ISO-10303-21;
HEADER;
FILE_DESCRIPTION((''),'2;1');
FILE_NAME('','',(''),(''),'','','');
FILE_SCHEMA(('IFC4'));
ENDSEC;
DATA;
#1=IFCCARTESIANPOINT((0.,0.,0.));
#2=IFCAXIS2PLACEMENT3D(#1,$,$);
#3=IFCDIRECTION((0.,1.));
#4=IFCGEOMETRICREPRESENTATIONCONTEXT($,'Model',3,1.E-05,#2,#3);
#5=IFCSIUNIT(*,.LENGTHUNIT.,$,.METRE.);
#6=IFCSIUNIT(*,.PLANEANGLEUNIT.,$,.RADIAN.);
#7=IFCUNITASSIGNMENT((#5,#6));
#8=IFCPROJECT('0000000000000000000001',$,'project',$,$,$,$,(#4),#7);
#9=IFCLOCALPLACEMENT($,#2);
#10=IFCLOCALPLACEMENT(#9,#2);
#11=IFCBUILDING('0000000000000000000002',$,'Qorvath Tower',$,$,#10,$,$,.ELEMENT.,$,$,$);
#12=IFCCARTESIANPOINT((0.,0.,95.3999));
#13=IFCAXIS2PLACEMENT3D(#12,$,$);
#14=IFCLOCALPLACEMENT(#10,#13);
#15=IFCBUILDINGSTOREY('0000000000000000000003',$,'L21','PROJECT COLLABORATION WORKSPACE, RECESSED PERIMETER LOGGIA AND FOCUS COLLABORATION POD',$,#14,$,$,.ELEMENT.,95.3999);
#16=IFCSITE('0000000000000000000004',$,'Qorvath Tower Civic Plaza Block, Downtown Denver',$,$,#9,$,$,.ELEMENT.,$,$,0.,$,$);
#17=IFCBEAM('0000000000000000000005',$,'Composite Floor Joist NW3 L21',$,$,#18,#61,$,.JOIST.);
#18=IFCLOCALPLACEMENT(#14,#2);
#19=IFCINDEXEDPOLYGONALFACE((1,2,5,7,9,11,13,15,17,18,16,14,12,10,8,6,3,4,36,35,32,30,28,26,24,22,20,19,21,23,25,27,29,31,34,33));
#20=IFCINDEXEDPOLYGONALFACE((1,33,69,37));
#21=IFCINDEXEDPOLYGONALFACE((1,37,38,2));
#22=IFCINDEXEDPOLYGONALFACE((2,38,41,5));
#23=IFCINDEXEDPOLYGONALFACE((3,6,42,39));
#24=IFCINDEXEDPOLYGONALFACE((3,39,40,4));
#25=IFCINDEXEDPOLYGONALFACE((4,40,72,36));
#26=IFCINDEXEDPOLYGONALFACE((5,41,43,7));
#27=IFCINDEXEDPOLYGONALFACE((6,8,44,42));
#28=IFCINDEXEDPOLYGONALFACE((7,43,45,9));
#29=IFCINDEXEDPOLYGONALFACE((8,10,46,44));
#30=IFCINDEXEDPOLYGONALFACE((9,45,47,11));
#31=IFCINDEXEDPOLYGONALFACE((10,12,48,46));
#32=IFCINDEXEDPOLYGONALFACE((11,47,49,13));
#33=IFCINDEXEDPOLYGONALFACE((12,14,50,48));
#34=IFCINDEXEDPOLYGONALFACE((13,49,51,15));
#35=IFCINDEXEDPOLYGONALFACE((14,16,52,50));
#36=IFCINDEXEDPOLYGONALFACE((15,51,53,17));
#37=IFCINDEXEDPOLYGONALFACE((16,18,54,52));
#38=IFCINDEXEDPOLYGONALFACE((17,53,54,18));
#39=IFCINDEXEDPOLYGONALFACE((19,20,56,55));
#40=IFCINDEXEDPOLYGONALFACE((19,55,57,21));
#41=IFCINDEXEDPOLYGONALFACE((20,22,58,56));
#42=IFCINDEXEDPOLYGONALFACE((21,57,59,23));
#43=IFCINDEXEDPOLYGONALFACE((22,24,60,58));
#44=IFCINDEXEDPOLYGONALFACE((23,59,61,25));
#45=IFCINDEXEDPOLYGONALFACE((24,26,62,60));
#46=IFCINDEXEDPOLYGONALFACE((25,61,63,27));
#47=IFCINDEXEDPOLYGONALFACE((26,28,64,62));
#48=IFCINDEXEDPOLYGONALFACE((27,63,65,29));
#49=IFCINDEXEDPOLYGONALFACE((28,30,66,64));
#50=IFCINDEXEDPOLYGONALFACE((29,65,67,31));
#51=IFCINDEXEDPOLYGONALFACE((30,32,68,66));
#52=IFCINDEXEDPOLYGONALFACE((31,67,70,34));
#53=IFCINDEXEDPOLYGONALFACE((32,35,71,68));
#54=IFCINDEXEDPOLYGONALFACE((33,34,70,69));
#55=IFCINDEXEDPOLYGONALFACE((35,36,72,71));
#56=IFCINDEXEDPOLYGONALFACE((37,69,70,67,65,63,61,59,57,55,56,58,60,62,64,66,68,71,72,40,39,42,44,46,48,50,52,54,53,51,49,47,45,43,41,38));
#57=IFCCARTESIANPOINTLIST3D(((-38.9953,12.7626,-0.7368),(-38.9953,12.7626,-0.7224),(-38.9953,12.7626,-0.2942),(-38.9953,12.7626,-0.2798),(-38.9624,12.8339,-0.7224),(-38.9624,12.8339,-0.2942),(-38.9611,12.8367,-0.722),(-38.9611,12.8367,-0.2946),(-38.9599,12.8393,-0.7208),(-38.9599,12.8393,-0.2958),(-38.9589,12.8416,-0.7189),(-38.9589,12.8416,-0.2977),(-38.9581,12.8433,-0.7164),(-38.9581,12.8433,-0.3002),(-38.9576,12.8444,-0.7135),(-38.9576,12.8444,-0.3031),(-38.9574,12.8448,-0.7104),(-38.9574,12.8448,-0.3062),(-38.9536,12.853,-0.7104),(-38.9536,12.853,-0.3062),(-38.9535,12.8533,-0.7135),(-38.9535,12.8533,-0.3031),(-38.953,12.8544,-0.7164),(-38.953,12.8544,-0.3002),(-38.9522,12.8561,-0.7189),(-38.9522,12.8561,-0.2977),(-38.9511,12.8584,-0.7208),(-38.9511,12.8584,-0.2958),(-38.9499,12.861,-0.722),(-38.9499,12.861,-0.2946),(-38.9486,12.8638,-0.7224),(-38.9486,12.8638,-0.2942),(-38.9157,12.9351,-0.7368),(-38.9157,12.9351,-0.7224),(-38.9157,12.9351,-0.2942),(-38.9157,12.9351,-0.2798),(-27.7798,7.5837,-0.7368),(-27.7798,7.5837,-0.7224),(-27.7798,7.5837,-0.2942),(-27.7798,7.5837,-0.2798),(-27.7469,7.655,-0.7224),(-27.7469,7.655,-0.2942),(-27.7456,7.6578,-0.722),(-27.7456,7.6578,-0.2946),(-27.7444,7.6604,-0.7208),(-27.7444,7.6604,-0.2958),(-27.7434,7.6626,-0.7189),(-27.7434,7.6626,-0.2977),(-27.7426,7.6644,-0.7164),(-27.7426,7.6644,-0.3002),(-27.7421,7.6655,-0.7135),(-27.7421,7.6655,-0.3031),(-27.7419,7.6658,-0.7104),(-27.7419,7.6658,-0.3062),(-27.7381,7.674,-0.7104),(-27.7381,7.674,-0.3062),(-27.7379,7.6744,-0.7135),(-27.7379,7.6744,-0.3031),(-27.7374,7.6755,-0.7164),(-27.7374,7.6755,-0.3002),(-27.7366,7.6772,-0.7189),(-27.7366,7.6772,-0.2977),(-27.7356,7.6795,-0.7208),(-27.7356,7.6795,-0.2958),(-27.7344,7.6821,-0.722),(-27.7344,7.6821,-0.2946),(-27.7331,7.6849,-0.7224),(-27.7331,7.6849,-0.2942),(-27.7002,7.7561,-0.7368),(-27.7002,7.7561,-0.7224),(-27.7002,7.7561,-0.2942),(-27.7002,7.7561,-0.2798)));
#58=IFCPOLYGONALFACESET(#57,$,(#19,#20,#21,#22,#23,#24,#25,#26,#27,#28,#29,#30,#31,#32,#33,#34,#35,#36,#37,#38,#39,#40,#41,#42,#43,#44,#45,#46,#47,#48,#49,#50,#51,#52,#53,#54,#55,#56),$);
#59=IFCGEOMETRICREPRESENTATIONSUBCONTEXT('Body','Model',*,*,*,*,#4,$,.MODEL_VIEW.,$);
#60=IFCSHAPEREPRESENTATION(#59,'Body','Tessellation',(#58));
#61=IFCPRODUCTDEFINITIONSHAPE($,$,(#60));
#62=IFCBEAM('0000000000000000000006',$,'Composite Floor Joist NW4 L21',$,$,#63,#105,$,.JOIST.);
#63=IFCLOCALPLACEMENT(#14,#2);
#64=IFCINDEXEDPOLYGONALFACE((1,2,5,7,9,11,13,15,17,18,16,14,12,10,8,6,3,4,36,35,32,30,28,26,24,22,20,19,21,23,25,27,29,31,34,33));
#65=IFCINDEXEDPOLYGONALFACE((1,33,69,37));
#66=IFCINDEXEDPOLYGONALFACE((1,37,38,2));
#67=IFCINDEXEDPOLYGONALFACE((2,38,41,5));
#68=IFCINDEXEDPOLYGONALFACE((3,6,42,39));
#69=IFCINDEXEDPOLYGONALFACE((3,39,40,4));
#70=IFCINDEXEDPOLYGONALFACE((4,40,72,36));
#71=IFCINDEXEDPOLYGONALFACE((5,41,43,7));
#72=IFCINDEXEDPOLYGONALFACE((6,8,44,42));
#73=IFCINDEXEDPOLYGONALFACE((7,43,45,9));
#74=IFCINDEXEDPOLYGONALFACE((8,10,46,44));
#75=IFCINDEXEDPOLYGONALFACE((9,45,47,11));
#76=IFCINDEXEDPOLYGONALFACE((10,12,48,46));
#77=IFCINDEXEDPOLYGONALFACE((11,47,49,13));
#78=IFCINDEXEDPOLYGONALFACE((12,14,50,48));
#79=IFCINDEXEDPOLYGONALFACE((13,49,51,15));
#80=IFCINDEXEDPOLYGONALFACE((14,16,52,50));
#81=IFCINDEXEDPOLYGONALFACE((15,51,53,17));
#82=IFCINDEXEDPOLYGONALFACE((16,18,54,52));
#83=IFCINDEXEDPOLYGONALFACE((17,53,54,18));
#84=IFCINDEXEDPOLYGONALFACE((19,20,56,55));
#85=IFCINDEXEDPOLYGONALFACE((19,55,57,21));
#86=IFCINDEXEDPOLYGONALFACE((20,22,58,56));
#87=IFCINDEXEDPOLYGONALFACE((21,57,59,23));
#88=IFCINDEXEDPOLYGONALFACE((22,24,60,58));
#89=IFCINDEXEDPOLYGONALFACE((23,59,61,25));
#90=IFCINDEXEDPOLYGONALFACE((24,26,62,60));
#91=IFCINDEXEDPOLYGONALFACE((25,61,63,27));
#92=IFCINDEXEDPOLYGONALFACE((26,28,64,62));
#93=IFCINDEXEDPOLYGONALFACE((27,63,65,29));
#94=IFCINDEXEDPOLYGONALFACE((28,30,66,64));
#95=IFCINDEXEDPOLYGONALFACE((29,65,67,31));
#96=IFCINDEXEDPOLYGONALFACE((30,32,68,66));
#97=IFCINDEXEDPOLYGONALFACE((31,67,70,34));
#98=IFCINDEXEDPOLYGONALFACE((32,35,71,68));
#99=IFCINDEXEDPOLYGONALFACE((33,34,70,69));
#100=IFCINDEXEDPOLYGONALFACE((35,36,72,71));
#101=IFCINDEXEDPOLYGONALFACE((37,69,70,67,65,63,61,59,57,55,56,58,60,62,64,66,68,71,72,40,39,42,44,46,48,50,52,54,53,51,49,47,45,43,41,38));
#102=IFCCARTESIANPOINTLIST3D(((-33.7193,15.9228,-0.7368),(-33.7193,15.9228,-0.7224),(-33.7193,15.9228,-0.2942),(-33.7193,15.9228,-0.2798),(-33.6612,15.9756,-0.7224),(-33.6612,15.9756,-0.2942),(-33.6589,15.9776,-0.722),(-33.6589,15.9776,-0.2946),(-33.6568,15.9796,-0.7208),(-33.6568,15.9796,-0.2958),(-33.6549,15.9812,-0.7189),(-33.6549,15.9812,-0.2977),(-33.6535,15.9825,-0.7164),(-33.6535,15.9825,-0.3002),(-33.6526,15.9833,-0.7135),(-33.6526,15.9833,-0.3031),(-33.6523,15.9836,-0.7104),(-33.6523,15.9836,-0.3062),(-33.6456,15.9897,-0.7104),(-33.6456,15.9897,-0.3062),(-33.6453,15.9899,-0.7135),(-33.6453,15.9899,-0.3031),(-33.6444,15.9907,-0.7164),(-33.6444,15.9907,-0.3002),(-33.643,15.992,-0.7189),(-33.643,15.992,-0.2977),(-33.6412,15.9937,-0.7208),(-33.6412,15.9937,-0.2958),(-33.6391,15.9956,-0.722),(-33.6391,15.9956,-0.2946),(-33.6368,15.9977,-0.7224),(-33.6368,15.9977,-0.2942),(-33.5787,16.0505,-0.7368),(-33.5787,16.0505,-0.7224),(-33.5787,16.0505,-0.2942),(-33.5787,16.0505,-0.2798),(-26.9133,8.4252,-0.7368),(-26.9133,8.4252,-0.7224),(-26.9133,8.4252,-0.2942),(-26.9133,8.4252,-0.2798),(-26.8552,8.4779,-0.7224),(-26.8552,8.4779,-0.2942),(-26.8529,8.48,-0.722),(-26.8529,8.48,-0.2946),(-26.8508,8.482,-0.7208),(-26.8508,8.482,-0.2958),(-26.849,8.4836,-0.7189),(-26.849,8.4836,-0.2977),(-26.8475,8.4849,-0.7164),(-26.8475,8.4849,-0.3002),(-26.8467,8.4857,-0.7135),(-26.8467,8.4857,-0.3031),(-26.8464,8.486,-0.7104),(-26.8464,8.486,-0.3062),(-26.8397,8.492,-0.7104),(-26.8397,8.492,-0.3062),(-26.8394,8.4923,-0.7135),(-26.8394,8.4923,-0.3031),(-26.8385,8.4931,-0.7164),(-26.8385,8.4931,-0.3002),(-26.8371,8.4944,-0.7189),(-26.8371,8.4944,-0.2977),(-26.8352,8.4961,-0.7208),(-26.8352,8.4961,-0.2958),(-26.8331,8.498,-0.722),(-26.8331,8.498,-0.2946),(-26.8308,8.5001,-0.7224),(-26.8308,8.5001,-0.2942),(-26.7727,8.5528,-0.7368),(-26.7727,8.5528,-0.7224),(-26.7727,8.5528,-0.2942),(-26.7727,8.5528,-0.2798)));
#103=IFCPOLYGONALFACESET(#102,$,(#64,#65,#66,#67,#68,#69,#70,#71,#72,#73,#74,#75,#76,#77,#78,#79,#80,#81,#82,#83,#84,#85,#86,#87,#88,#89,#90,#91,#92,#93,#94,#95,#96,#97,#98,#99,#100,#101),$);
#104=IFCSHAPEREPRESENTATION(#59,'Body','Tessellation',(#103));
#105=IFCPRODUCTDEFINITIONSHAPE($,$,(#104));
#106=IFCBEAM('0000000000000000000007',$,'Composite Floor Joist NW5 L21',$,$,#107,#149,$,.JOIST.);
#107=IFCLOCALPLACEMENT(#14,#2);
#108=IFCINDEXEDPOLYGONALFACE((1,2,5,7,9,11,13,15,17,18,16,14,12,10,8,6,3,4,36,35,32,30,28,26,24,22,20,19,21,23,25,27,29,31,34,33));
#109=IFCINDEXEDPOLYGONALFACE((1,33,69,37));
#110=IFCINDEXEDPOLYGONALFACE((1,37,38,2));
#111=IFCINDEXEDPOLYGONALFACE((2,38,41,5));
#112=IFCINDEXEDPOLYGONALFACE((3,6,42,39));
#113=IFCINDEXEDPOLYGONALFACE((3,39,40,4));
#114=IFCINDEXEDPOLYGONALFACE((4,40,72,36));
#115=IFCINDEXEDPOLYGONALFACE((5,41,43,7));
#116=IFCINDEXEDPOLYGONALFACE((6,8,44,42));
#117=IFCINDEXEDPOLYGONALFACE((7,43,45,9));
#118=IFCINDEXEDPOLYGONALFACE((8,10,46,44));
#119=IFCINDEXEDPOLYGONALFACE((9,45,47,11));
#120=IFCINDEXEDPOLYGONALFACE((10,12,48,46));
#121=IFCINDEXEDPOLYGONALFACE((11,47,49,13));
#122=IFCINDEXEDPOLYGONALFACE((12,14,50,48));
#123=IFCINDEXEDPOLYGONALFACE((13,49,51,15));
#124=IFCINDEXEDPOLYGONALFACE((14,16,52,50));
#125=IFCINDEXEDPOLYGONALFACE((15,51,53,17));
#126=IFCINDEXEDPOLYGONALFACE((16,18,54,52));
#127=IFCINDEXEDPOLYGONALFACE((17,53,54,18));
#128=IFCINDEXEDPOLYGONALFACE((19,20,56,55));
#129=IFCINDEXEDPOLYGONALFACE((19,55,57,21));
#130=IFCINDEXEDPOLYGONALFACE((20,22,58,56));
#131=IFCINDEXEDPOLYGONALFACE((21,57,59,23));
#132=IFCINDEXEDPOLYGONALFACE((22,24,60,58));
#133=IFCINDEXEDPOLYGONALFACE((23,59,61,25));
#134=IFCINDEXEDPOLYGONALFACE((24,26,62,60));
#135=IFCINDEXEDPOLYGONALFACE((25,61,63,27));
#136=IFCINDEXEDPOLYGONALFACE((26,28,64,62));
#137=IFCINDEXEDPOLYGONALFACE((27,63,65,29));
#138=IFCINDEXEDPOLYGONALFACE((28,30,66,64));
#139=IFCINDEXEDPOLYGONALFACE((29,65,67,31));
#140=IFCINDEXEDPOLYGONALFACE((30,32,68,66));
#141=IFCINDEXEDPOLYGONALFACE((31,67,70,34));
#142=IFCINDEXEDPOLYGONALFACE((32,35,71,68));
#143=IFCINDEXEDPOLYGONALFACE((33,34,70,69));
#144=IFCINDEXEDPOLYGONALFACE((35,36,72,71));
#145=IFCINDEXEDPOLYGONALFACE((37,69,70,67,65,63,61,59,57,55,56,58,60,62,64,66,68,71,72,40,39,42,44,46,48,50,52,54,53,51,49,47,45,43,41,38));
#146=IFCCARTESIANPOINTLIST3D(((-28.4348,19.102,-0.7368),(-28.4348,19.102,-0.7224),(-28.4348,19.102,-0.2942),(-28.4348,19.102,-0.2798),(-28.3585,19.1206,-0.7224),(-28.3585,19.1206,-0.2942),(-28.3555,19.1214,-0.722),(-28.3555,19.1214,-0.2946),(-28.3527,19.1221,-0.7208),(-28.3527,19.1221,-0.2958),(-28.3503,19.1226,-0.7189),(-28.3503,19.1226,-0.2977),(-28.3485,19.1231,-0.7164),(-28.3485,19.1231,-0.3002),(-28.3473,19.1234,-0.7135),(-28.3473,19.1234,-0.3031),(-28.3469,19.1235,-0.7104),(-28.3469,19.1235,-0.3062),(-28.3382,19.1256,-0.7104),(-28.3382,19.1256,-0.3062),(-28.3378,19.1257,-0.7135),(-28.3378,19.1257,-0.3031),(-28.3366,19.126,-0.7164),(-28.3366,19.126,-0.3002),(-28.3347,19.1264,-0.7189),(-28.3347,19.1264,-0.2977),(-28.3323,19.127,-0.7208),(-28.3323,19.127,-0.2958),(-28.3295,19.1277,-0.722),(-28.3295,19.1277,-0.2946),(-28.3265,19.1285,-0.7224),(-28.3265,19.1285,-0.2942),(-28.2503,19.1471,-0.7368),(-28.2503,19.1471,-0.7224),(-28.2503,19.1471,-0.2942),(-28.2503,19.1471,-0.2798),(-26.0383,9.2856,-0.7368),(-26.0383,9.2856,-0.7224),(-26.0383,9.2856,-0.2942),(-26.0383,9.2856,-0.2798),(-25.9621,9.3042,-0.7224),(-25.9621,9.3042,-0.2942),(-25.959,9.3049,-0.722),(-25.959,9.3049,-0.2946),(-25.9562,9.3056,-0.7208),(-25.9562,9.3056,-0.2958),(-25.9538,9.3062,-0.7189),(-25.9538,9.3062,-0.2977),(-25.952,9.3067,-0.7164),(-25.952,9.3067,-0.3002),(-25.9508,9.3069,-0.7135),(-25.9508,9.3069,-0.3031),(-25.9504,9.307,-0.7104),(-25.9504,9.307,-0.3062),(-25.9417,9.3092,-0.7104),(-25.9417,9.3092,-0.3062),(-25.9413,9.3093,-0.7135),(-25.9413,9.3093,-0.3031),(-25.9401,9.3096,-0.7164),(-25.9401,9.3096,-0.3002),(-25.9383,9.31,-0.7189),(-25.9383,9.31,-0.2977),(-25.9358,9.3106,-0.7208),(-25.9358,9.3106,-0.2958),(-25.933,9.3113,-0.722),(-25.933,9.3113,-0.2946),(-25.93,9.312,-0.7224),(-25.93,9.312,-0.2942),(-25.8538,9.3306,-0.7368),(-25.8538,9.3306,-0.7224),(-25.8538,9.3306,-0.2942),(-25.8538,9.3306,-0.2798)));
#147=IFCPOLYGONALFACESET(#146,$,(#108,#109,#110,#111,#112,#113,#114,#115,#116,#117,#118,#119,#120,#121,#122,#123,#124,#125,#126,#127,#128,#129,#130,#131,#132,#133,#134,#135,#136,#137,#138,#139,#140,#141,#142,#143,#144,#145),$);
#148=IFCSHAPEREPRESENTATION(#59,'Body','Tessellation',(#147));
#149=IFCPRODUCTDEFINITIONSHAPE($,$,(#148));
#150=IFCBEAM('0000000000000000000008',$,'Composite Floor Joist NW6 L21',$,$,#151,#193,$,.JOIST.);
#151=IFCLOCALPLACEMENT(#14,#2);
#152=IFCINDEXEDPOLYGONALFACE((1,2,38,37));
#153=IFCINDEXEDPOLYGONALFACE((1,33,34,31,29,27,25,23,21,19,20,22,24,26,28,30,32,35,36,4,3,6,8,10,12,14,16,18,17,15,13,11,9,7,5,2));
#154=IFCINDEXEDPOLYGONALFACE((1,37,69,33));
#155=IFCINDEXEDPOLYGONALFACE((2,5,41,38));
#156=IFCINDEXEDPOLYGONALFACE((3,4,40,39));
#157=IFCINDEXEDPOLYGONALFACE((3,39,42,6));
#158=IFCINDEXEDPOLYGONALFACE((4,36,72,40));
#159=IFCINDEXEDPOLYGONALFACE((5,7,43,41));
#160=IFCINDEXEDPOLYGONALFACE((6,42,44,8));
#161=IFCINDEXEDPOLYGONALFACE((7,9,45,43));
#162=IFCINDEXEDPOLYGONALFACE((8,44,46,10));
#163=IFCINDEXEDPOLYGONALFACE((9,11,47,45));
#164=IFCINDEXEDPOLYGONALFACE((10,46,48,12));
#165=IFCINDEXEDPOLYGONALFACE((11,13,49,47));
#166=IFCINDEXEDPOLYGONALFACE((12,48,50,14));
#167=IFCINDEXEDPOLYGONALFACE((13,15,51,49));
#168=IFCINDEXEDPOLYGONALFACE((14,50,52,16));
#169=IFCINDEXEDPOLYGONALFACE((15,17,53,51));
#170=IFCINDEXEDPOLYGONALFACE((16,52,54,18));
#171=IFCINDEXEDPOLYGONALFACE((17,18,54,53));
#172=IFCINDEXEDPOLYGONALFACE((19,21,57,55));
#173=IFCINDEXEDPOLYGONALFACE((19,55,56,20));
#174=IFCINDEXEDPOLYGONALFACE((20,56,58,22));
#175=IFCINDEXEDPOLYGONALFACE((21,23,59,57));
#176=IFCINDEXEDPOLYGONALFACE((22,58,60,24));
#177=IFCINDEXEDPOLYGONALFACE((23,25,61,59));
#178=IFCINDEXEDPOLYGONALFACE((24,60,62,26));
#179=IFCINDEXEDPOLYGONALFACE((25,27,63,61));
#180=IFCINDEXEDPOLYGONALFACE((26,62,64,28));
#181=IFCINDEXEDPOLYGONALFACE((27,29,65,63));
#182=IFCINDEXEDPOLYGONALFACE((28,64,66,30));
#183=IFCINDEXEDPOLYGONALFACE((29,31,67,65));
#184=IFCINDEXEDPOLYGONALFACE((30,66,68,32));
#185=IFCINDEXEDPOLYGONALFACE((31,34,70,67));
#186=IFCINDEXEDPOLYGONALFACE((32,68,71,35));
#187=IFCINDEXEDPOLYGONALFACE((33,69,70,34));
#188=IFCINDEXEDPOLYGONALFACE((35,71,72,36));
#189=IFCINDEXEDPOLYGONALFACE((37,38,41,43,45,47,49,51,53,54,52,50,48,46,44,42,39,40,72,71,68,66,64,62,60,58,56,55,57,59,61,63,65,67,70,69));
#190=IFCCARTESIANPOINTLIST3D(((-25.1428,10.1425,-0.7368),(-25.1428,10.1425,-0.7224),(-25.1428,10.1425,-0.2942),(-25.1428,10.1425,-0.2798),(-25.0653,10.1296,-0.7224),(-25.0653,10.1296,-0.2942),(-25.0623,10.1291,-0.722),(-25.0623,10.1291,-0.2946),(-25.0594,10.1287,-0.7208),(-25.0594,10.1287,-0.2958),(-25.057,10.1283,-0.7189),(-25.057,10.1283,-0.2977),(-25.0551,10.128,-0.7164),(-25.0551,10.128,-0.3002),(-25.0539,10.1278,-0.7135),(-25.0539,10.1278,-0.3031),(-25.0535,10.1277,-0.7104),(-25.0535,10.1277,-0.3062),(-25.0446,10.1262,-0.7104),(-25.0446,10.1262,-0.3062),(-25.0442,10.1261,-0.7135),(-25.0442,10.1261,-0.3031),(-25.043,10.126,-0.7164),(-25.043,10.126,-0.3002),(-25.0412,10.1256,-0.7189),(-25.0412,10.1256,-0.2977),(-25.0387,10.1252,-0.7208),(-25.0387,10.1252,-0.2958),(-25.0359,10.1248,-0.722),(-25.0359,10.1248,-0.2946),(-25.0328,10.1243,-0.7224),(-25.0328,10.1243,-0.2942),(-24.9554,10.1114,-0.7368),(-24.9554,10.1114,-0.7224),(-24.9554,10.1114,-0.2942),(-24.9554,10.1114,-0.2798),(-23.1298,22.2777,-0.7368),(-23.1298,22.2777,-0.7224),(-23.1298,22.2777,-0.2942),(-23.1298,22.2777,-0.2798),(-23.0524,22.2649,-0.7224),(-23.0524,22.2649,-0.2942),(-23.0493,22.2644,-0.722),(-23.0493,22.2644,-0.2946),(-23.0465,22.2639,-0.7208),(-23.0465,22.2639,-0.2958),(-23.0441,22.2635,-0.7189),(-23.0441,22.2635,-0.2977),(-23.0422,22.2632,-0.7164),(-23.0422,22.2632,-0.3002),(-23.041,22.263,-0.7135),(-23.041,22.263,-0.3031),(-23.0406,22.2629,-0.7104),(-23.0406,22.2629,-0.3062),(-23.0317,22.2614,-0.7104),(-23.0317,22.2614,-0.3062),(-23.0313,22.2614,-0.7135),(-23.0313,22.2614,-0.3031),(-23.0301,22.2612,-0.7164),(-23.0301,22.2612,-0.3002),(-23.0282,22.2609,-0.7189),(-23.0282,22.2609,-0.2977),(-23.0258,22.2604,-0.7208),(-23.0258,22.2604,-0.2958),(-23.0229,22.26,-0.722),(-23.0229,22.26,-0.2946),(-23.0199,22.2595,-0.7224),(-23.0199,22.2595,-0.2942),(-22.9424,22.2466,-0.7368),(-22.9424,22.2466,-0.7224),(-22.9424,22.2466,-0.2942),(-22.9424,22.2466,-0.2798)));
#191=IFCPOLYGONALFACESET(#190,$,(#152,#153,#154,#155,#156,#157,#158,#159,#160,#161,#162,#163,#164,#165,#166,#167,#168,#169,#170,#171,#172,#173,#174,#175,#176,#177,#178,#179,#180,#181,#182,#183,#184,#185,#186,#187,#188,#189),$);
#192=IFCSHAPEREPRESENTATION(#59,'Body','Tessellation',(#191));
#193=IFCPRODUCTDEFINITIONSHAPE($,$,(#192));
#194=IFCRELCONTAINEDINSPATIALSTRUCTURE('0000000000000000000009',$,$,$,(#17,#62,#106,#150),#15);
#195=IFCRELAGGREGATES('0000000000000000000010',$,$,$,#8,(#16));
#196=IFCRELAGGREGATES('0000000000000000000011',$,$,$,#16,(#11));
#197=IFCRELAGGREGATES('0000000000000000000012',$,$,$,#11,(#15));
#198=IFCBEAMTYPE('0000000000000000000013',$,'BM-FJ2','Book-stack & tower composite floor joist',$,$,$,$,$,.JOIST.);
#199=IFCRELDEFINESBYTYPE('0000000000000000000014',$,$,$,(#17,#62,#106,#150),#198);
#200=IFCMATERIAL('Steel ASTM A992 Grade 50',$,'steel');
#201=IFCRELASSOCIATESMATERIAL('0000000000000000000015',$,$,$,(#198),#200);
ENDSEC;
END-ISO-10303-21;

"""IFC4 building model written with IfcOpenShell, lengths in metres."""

from ifc_helpers import new_model, si_unit, direction, frame, origin, origin_2d, place, context, subcontext, project, spatial, i_section, extrude, material, material_profile, profile_set, type_object, element, save


model = new_model("IFC4")

# Units and contexts
model_context = context("Model", 3, precision=1e-05, world=origin(), true_north=direction((0.0, 1.0)))
body_context = subcontext(model_context, "Body", "Model", "MODEL_VIEW")
ifc_project = project(units=[si_unit("LENGTHUNIT", "METRE"), si_unit("PLANEANGLEUNIT", "RADIAN")], contexts=[model_context])

# Site, building, storey
site_placement = place(None, origin())
site = spatial("IfcSite", under=ifc_project, at=site_placement, Name="Qorvath Tower Civic Plaza Block, Downtown Denver", CompositionType="ELEMENT", RefElevation=0.0)
building_placement = place(site_placement, origin())
building = spatial("IfcBuilding", under=site, at=building_placement, Name="Qorvath Tower", CompositionType="ELEMENT")
storey_placement = place(building_placement, frame((0.0, 0.0, 95.3999)))
storey = spatial("IfcBuildingStorey", under=building, at=storey_placement, Name="L21", Description="PROJECT COLLABORATION WORKSPACE, RECESSED PERIMETER LOGGIA AND FOCUS COLLABORATION POD", CompositionType="ELEMENT", Elevation=95.3999)

# Beams
ifc_material_1 = material(Name="Steel ASTM A992 Grade 50", Category="steel")
ifc_material_profile_1 = material_profile(ifc_material_1, i_section(OverallWidth=0.1899, OverallDepth=0.457, WebThickness=0.009, FlangeThickness=0.0144, FilletRadius=0.012, at=origin_2d()), Name="W18x50")
ifc_profile_set_1 = profile_set([ifc_material_profile_1], Name="Steel ASTM A992 Grade 50")
beam_type_1 = type_object("IfcBeamType", Name="BM-FJ2", Description="Book-stack & tower composite floor joist", PredefinedType="JOIST", material=ifc_profile_set_1)
beam_1_placement = place(storey_placement, frame((-27.74, 7.6699, -0.5083), z_axis=(-0.907881, 0.419227, 0.0), x_axis=(-0.419227, -0.907881, 0.0)))
element("IfcBeam", 1, at=beam_1_placement, inside=storey, type_object=beam_type_1, Name="Composite Floor Joist NW3 L21", PredefinedType="JOIST", context=body_context, shape_type="SweptSolid", body=[
    extrude(i_section(OverallWidth=0.1899, OverallDepth=0.457, WebThickness=0.009, FlangeThickness=0.0144, FilletRadius=0.012, at=origin_2d()), origin(), (0.0, 0.0, 1.0), 12.3535),
])
beam_2_placement = place(storey_placement, frame((-26.843, 8.489, -0.5083), z_axis=(-0.672129, 0.740434, 0.0), x_axis=(-0.740434, -0.672129, 0.0)))
element("IfcBeam", 2, at=beam_2_placement, inside=storey, type_object=beam_type_1, Name="Composite Floor Joist NW4 L21", PredefinedType="JOIST", context=body_context, shape_type="SweptSolid", body=[
    extrude(i_section(OverallWidth=0.1899, OverallDepth=0.457, WebThickness=0.009, FlangeThickness=0.0144, FilletRadius=0.012, at=origin_2d()), origin(), (0.0, 0.0, 1.0), 10.126),
])
beam_3_placement = place(storey_placement, frame((-25.946, 9.3081, -0.5083), z_axis=(-0.237165, 0.971469, 0.0), x_axis=(-0.971469, -0.237165, 0.0)))
element("IfcBeam", 3, at=beam_3_placement, inside=storey, type_object=beam_type_1, Name="Composite Floor Joist NW5 L21", PredefinedType="JOIST", context=body_context, shape_type="SweptSolid", body=[
    extrude(i_section(OverallWidth=0.1899, OverallDepth=0.457, WebThickness=0.009, FlangeThickness=0.0144, FilletRadius=0.012, at=origin_2d()), origin(), (0.0, 0.0, 1.0), 10.1047),
])
beam_4_placement = place(storey_placement, frame((-25.0491, 10.127, -0.5083), z_axis=(0.163639, 0.98652, 0.0), x_axis=(-0.98652, 0.163639, 0.0)))
element("IfcBeam", 4, at=beam_4_placement, inside=storey, type_object=beam_type_1, Name="Composite Floor Joist NW6 L21", PredefinedType="JOIST", context=body_context, shape_type="SweptSolid", body=[
    extrude(i_section(OverallWidth=0.1899, OverallDepth=0.457, WebThickness=0.009, FlangeThickness=0.0144, FilletRadius=0.012, at=origin_2d()), origin(), (0.0, 0.0, 1.0), 12.301),
])

save(model, "model.ifc")
